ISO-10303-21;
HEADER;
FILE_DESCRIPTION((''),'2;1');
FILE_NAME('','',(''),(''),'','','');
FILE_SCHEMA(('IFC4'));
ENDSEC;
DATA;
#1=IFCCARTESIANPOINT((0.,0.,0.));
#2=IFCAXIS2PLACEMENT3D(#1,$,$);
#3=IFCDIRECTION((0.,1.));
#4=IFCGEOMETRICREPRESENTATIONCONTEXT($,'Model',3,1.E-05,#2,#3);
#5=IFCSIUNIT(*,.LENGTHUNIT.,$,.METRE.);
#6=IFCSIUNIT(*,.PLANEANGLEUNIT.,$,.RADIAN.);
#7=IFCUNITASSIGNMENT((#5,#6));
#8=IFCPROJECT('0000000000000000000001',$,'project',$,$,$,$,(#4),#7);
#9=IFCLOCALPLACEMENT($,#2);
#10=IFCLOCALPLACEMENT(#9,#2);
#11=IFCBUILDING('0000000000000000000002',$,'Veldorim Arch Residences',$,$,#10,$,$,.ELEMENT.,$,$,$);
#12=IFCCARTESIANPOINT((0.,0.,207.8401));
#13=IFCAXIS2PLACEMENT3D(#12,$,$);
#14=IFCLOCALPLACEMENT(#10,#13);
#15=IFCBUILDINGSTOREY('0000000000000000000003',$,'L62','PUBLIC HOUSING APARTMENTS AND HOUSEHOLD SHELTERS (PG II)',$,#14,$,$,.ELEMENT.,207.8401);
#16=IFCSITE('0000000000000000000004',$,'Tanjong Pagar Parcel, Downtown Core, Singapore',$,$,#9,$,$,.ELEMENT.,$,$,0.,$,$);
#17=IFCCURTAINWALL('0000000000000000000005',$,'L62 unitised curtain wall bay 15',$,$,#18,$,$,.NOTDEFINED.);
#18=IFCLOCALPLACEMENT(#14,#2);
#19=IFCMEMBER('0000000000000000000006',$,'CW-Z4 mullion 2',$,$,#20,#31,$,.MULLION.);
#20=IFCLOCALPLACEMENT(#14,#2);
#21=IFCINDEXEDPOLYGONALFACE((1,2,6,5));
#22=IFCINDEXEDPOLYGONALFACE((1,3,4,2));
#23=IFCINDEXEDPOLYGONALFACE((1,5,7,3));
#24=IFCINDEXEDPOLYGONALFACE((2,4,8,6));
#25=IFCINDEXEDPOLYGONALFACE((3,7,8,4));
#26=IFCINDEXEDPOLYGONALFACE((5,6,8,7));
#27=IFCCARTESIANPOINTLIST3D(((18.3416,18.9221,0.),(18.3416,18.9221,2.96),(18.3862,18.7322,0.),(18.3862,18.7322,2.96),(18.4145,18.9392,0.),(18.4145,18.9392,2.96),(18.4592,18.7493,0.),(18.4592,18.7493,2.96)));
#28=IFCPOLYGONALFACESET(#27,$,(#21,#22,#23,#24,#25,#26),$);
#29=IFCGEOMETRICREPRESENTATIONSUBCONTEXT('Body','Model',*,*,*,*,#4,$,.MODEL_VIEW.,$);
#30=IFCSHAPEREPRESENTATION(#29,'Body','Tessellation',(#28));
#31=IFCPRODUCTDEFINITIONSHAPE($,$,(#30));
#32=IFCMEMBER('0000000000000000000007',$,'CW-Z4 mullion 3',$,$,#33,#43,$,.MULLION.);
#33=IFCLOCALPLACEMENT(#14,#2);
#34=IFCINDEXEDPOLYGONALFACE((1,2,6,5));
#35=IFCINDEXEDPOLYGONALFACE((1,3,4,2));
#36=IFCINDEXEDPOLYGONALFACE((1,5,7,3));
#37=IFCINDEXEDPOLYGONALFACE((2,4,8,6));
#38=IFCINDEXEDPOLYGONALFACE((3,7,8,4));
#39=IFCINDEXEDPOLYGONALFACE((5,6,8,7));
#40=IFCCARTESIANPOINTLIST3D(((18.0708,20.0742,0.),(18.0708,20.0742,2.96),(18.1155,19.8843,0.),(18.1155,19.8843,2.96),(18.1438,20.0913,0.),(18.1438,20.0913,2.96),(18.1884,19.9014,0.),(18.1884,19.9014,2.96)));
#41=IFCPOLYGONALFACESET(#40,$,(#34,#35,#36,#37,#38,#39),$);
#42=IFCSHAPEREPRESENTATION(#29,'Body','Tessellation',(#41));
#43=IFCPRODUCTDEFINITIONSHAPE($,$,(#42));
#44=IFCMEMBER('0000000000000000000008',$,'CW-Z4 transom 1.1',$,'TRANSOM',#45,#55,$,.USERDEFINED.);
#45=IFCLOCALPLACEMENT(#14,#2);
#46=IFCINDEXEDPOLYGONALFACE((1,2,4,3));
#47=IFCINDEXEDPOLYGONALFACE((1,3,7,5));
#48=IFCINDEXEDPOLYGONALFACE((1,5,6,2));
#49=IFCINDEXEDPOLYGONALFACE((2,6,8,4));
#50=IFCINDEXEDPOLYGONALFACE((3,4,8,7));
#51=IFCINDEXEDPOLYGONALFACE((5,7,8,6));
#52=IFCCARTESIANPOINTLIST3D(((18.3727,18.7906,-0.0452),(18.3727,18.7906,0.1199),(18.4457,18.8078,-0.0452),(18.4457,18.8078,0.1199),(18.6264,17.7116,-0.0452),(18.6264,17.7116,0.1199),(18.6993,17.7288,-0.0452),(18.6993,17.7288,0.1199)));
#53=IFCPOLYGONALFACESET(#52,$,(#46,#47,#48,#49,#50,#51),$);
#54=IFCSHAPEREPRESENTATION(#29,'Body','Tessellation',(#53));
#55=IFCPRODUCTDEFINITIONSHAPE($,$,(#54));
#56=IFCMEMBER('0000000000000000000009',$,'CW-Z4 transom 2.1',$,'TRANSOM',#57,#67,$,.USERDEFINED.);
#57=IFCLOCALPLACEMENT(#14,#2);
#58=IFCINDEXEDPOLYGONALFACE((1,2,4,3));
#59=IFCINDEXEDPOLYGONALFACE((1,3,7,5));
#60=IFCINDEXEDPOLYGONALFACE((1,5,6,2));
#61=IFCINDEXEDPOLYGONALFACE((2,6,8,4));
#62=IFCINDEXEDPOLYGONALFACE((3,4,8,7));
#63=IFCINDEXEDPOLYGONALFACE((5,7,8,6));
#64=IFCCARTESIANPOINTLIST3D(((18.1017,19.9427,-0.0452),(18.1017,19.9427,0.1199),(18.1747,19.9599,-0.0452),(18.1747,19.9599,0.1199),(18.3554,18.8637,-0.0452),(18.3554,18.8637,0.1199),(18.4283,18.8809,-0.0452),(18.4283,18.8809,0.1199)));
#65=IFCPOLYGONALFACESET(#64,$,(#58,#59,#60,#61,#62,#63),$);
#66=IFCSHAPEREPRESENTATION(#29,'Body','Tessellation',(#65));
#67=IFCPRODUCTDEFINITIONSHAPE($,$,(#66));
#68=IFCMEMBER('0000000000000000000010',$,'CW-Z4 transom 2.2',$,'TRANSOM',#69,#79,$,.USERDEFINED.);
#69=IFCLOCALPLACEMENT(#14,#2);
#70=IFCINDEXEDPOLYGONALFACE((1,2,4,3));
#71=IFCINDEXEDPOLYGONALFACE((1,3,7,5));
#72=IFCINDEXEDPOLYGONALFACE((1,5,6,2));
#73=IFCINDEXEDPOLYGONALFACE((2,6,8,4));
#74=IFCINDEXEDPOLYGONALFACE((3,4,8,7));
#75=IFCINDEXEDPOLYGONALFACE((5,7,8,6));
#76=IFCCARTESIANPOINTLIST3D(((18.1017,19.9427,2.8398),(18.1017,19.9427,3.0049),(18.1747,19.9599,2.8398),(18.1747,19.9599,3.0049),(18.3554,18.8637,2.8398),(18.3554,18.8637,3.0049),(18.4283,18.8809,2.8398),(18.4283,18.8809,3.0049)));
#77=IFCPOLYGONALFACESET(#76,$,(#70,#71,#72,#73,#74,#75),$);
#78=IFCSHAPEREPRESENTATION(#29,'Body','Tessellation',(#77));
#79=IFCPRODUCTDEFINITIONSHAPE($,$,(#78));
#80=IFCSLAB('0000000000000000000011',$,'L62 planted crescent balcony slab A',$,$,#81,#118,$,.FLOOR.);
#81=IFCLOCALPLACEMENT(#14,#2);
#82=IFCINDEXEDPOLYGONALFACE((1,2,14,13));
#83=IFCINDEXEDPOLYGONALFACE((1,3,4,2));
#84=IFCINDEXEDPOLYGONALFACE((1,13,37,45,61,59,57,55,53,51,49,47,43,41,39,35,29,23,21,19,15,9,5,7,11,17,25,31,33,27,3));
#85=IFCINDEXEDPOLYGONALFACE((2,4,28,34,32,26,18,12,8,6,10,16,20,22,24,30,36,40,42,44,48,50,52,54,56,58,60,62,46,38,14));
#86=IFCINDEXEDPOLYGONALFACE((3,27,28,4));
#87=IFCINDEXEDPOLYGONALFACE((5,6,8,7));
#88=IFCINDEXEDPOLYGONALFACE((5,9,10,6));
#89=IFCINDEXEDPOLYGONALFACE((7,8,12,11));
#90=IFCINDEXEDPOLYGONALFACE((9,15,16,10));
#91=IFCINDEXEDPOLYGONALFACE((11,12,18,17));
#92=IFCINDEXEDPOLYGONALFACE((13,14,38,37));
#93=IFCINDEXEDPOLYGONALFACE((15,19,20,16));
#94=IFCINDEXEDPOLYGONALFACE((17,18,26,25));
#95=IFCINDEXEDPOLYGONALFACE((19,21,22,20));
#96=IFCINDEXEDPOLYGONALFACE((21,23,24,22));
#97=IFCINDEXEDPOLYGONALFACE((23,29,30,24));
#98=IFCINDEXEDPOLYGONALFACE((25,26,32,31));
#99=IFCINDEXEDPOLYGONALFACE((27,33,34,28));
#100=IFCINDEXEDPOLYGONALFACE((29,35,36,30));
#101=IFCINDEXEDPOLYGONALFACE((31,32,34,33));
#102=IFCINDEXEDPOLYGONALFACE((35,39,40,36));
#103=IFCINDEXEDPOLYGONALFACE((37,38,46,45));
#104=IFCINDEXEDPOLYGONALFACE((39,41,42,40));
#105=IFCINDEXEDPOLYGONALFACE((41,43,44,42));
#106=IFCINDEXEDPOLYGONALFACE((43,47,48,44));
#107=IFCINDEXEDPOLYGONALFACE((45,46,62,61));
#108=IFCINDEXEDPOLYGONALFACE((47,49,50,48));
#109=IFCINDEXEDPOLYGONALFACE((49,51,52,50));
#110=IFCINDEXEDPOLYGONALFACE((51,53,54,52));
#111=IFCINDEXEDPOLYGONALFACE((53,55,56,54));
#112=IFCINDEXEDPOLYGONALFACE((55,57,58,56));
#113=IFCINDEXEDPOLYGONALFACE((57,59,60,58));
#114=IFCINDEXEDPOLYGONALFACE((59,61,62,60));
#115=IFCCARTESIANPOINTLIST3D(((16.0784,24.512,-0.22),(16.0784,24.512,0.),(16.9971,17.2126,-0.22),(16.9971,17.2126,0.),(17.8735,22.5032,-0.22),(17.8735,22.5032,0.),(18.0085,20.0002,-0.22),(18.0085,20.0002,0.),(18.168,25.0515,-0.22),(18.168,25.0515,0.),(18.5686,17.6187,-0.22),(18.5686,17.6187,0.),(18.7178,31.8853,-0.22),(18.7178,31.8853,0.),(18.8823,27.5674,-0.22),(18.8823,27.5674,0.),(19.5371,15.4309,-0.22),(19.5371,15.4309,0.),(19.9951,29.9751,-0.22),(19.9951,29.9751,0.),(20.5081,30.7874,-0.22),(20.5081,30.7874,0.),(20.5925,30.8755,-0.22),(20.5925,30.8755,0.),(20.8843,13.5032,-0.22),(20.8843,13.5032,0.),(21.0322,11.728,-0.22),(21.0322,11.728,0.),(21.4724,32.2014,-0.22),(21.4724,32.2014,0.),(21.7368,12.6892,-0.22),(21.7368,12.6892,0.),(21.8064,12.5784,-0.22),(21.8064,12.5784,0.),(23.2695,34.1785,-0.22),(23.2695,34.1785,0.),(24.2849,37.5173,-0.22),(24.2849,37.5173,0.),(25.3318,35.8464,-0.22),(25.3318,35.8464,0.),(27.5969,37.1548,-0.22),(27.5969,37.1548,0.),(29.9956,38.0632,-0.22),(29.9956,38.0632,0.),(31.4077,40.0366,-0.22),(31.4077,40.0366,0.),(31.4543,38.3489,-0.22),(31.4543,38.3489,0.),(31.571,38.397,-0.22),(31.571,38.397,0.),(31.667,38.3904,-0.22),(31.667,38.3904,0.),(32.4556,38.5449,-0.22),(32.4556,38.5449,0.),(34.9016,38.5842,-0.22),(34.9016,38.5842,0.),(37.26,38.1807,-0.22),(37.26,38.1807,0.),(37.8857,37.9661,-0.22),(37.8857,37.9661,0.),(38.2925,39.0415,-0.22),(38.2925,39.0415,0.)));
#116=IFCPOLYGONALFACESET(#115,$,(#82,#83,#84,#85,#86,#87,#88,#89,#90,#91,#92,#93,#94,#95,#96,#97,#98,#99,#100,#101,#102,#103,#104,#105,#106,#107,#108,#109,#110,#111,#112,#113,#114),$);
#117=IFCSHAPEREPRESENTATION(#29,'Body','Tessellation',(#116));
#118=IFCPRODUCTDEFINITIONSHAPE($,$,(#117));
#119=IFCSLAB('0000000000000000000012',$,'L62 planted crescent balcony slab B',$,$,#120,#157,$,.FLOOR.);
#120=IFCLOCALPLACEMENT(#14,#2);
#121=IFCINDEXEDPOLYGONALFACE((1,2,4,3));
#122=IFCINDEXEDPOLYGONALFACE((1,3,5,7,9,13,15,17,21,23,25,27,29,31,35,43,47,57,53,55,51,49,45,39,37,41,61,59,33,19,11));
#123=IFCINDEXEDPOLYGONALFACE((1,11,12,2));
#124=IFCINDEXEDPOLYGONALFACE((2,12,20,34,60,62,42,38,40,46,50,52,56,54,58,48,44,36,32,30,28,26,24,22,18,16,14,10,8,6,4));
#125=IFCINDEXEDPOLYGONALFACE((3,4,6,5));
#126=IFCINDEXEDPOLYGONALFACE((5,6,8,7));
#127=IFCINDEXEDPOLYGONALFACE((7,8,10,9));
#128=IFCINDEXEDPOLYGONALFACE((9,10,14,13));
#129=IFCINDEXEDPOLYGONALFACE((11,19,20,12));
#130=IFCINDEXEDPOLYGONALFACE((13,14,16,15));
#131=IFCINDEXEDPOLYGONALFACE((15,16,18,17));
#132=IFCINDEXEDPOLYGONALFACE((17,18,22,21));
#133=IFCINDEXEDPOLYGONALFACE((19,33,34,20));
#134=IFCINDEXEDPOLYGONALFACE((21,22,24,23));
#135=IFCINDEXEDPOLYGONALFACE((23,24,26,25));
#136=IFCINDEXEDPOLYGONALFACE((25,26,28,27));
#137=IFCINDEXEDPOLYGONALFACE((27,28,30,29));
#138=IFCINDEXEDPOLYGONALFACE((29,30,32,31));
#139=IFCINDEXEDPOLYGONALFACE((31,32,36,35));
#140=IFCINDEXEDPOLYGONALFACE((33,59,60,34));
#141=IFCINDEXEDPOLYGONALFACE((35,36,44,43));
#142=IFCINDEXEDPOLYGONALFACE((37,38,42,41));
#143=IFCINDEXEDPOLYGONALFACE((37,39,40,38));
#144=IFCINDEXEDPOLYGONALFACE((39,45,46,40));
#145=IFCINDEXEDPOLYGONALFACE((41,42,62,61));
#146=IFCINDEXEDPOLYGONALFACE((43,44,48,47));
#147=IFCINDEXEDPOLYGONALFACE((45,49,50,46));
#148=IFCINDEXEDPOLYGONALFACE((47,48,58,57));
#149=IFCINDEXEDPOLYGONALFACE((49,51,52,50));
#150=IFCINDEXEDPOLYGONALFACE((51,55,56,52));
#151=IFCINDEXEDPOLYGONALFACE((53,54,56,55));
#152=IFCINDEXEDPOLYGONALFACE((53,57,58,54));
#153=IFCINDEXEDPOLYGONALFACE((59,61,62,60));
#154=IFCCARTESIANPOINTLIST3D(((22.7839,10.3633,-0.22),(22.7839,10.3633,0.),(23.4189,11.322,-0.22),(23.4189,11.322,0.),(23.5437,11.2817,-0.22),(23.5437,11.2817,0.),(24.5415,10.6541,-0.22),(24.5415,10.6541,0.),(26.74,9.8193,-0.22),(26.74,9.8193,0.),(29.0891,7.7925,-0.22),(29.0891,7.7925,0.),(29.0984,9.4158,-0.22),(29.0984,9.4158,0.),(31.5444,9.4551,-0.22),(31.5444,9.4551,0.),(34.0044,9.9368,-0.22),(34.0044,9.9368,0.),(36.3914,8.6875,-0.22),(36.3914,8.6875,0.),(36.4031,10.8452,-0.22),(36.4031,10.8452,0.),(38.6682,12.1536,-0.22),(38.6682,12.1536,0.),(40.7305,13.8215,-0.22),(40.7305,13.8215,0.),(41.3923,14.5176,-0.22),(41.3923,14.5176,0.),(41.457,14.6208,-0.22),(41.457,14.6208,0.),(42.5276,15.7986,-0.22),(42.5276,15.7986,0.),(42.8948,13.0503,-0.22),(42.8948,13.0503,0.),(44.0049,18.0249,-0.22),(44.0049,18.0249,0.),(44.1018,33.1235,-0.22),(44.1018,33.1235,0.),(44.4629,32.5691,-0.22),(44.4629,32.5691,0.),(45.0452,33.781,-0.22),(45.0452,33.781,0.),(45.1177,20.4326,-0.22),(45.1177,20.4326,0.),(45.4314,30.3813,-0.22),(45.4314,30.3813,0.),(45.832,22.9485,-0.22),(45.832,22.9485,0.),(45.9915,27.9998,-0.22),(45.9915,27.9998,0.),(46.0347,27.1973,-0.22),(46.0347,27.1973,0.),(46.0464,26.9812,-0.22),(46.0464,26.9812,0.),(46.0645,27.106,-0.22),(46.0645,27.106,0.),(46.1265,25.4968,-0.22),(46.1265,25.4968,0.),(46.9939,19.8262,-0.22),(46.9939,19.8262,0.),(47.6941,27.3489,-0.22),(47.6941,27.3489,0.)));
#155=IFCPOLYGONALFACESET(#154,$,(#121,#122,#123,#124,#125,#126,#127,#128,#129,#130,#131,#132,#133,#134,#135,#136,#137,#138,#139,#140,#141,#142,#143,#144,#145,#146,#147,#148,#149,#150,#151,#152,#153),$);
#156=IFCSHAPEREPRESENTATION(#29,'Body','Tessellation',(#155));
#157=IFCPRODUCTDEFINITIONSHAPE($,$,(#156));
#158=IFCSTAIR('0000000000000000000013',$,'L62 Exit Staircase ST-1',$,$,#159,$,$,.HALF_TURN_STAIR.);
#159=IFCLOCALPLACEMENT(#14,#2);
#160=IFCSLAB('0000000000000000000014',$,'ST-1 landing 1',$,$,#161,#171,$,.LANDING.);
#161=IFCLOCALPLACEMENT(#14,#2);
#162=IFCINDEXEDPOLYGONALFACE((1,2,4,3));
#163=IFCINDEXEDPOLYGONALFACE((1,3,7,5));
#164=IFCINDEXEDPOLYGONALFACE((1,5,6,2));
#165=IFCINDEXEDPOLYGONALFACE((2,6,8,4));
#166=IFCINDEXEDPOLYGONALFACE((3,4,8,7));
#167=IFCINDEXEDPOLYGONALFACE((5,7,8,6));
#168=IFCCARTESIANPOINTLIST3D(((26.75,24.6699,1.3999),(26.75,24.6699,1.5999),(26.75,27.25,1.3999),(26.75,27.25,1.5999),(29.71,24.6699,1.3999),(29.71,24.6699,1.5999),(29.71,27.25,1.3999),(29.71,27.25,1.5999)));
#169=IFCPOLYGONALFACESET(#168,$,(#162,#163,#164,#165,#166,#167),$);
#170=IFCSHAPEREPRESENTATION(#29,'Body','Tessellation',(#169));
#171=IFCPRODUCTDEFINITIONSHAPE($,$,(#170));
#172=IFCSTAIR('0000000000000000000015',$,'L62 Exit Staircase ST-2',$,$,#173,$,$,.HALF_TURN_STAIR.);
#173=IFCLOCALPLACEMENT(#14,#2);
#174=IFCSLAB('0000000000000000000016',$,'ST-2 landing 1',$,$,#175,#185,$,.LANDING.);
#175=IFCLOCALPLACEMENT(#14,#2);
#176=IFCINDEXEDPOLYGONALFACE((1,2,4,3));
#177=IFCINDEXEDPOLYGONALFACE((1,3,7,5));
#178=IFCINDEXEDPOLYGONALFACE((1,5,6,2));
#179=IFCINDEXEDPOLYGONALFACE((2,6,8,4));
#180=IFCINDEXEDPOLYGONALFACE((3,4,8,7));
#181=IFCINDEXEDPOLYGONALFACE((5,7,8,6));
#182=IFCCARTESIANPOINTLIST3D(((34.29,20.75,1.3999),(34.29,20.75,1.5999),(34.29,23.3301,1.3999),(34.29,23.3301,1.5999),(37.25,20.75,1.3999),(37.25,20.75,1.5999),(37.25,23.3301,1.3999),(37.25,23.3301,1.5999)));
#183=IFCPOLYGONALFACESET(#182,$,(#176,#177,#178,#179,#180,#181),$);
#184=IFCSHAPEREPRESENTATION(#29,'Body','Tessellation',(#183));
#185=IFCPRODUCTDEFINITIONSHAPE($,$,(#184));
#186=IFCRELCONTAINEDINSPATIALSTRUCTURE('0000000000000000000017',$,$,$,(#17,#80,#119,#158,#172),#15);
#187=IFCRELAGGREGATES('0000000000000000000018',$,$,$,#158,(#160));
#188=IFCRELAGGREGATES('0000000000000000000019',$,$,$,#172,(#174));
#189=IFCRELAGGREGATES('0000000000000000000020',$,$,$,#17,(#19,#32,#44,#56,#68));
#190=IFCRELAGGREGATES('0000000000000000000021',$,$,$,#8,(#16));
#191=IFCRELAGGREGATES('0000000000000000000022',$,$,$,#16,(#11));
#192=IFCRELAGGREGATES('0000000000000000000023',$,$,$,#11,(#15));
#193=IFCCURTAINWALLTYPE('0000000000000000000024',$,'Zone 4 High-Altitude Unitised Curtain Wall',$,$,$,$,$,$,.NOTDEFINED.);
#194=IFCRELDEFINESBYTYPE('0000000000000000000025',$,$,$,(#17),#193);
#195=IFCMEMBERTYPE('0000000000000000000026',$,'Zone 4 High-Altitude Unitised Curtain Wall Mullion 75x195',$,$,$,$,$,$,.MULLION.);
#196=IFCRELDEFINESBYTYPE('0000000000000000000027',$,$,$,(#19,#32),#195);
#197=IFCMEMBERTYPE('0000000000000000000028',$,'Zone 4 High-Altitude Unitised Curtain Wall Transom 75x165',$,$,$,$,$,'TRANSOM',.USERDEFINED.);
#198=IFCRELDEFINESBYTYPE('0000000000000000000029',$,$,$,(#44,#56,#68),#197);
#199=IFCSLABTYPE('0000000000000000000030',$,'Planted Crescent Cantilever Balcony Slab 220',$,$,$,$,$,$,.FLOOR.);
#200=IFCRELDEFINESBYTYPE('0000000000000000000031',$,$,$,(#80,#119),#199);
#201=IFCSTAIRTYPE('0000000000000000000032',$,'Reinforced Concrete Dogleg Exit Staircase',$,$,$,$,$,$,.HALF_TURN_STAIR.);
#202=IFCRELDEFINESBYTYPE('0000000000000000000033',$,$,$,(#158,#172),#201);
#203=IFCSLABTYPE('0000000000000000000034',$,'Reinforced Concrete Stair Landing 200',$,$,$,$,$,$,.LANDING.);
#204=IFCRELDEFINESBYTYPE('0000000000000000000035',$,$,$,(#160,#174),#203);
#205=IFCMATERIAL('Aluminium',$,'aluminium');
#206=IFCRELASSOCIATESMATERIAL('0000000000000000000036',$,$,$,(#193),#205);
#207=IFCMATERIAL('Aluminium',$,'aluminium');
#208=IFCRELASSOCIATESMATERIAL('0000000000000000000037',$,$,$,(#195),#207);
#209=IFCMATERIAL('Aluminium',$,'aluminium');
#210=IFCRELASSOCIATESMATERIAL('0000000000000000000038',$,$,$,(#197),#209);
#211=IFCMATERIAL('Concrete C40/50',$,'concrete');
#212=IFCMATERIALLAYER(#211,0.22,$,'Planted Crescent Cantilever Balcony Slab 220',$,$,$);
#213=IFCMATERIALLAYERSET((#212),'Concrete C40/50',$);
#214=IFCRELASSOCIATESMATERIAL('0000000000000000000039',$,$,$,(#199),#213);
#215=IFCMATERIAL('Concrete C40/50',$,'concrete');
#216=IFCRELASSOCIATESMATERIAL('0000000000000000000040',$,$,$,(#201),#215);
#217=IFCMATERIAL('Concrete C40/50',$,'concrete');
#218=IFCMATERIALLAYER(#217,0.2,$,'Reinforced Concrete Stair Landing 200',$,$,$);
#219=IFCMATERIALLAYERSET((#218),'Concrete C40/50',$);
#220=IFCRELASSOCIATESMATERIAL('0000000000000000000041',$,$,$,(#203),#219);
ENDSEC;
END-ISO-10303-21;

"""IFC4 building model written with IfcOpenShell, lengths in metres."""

from ifc_helpers import new_model, si_unit, direction, frame, origin, origin_2d, place, context, subcontext, project, spatial, polyline, rectangle, outline, extrude, material, layer, layer_set, material_profile, profile_set, type_object, element, aggregate, save


model = new_model("IFC4")

# Units and contexts
model_context = context("Model", 3, precision=1e-05, world=origin(), true_north=direction((0.0, 1.0)))
body_context = subcontext(model_context, "Body", "Model", "MODEL_VIEW")
ifc_project = project(units=[si_unit("LENGTHUNIT", "METRE"), si_unit("PLANEANGLEUNIT", "RADIAN")], contexts=[model_context])

# Site, building, storey
site_placement = place(None, origin())
site = spatial("IfcSite", under=ifc_project, at=site_placement, Name="Tanjong Pagar Parcel, Downtown Core, Singapore", CompositionType="ELEMENT", RefElevation=0.0)
building_placement = place(site_placement, origin())
building = spatial("IfcBuilding", under=site, at=building_placement, Name="Veldorim Arch Residences", CompositionType="ELEMENT")
storey_placement = place(building_placement, frame((0.0, 0.0, 207.8401)))
storey = spatial("IfcBuildingStorey", under=building, at=storey_placement, Name="L62", Description="PUBLIC HOUSING APARTMENTS AND HOUSEHOLD SHELTERS (PG II)", CompositionType="ELEMENT", Elevation=207.8401)

# Curtain wall, members
ifc_material_1 = material(Name="Aluminium", Category="aluminium")
curtain_wall_type = type_object("IfcCurtainWallType", Name="Zone 4 High-Altitude Unitised Curtain Wall", PredefinedType="NOTDEFINED", material=ifc_material_1)
curtain_wall_placement = place(storey_placement, origin())
curtain_wall = element("IfcCurtainWall", 1, at=curtain_wall_placement, inside=storey, type_object=curtain_wall_type, Name="L62 unitised curtain wall bay 15", PredefinedType="NOTDEFINED")
ifc_material_2 = material(Name="Aluminium", Category="aluminium")
ifc_material_profile_1 = material_profile(ifc_material_2, rectangle(XDim=0.075, YDim=0.1951, at=origin_2d()), Name="ALU_MUL_75x195")
ifc_profile_set_1 = profile_set([ifc_material_profile_1], Name="Aluminium")
member_type_1 = type_object("IfcMemberType", Name="Zone 4 High-Altitude Unitised Curtain Wall Mullion 75x195", PredefinedType="MULLION", material=ifc_profile_set_1)
member_1_placement = place(storey_placement, frame((18.4004, 18.8357, 0.0), z_axis=(0.0, 0.0, 1.0), x_axis=(-0.973448, -0.228907, 0.0)))
member_1 = element("IfcMember", 2, at=member_1_placement, type_object=member_type_1, Name="CW-Z4 mullion 2", PredefinedType="MULLION", context=body_context, shape_type="SweptSolid", body=[
    extrude(rectangle(XDim=0.075, YDim=0.1951, at=origin_2d()), origin(), (0.0, 0.0, 1.0), 2.96),
])
member_2_placement = place(storey_placement, frame((18.1296, 19.9878, 0.0), z_axis=(0.0, 0.0, 1.0), x_axis=(-0.973448, -0.228907, 0.0)))
member_2 = element("IfcMember", 3, at=member_2_placement, type_object=member_type_1, Name="CW-Z4 mullion 3", PredefinedType="MULLION", context=body_context, shape_type="SweptSolid", body=[
    extrude(rectangle(XDim=0.075, YDim=0.1951, at=origin_2d()), origin(), (0.0, 0.0, 1.0), 2.96),
])
ifc_material_3 = material(Name="Aluminium", Category="aluminium")
ifc_material_profile_2 = material_profile(ifc_material_3, rectangle(XDim=0.075, YDim=0.165, at=origin_2d()), Name="ALU_TRN_75x165")
ifc_profile_set_2 = profile_set([ifc_material_profile_2], Name="Aluminium")
member_type_2 = type_object("IfcMemberType", Name="Zone 4 High-Altitude Unitised Curtain Wall Transom 75x165", ElementType="TRANSOM", PredefinedType="USERDEFINED", material=ifc_profile_set_2)
member_3_placement = place(storey_placement, frame((18.6628, 17.7202, 0.0374), z_axis=(-0.228831, 0.973466, 0.0), x_axis=(-0.973466, -0.228831, 0.0)))
member_3 = element("IfcMember", 4, at=member_3_placement, type_object=member_type_2, Name="CW-Z4 transom 1.1", ObjectType="TRANSOM", PredefinedType="USERDEFINED", context=body_context, shape_type="SweptSolid", body=[
    extrude(rectangle(XDim=0.075, YDim=0.165, at=origin_2d()), origin(), (0.0, 0.0, 1.0), 1.1084),
])
member_4_placement = place(storey_placement, frame((18.3918, 18.8723, 0.0374), z_axis=(-0.228831, 0.973466, 0.0), x_axis=(-0.973466, -0.228831, 0.0)))
member_4 = element("IfcMember", 5, at=member_4_placement, type_object=member_type_2, Name="CW-Z4 transom 2.1", ObjectType="TRANSOM", PredefinedType="USERDEFINED", context=body_context, shape_type="SweptSolid", body=[
    extrude(rectangle(XDim=0.075, YDim=0.165, at=origin_2d()), origin(), (0.0, 0.0, 1.0), 1.1084),
])
member_5_placement = place(storey_placement, frame((18.3918, 18.8723, 2.9224), z_axis=(-0.228831, 0.973466, 0.0), x_axis=(-0.973466, -0.228831, 0.0)))
member_5 = element("IfcMember", 6, at=member_5_placement, type_object=member_type_2, Name="CW-Z4 transom 2.2", ObjectType="TRANSOM", PredefinedType="USERDEFINED", context=body_context, shape_type="SweptSolid", body=[
    extrude(rectangle(XDim=0.075, YDim=0.165, at=origin_2d()), origin(), (0.0, 0.0, 1.0), 1.1084),
])

# Slabs
ifc_material_4 = material(Name="Concrete C40/50", Category="concrete")
ifc_layer_1 = layer(ifc_material_4, 0.22, Name="Planted Crescent Cantilever Balcony Slab 220")
ifc_layer_set_1 = layer_set([ifc_layer_1], Name="Concrete C40/50")
slab_type_1 = type_object("IfcSlabType", Name="Planted Crescent Cantilever Balcony Slab 220", PredefinedType="FLOOR", material=ifc_layer_set_1)
slab_1_placement = place(storey_placement, frame((0.0, 0.0, -0.22)))
element("IfcSlab", 7, at=slab_1_placement, inside=storey, type_object=slab_type_1, Name="L62 planted crescent balcony slab A", PredefinedType="FLOOR", context=body_context, shape_type="SweptSolid", body=[
    extrude(outline(polyline([(37.8857, 37.9661), (37.26, 38.1807), (34.9016, 38.5842), (32.4556, 38.5449), (31.667, 38.3904), (31.571, 38.397), (31.4543, 38.3489), (29.9956, 38.0632), (27.5969, 37.1548), (25.3318, 35.8464), (23.2695, 34.1785), (21.4724, 32.2014), (20.5925, 30.8755), (20.5081, 30.7874), (19.9951, 29.9751), (18.8823, 27.5674), (18.168, 25.0515), (17.8735, 22.5032), (18.0085, 20.0002), (18.5686, 17.6187), (19.5371, 15.4309), (20.8843, 13.5032), (21.7368, 12.6892), (21.8064, 12.5784), (21.0322, 11.728), (16.9971, 17.2126), (16.0784, 24.512), (18.7178, 31.8853), (24.2849, 37.5173), (31.4077, 40.0366), (38.2925, 39.0415), (37.8857, 37.9661)])), origin(), (0.0, 0.0, 1.0), 0.22),
])
slab_2_placement = place(storey_placement, frame((0.0, 0.0, -0.22)))
element("IfcSlab", 8, at=slab_2_placement, inside=storey, type_object=slab_type_1, Name="L62 planted crescent balcony slab B", PredefinedType="FLOOR", context=body_context, shape_type="SweptSolid", body=[
    extrude(outline(polyline([(23.5437, 11.2817), (24.5415, 10.6541), (26.74, 9.8193), (29.0984, 9.4158), (31.5444, 9.4551), (34.0044, 9.9368), (36.4031, 10.8452), (38.6682, 12.1536), (40.7305, 13.8215), (41.3923, 14.5176), (41.457, 14.6208), (42.5276, 15.7986), (44.0049, 18.0249), (45.1177, 20.4326), (45.832, 22.9485), (46.1265, 25.4968), (46.0464, 26.9812), (46.0645, 27.106), (46.0347, 27.1973), (45.9915, 27.9998), (45.4314, 30.3813), (44.4629, 32.5691), (44.1018, 33.1235), (45.0452, 33.781), (47.6941, 27.3489), (46.9939, 19.8262), (42.8948, 13.0503), (36.3914, 8.6875), (29.0891, 7.7925), (22.7839, 10.3633), (23.4189, 11.322), (23.5437, 11.2817)])), origin(), (0.0, 0.0, 1.0), 0.22),
])

# Stairs, slabs
ifc_material_5 = material(Name="Concrete C40/50", Category="concrete")
stair_type = type_object("IfcStairType", Name="Reinforced Concrete Dogleg Exit Staircase", PredefinedType="HALF_TURN_STAIR", material=ifc_material_5)
stair_1_placement = place(storey_placement, origin())
stair_1 = element("IfcStair", 9, at=stair_1_placement, inside=storey, type_object=stair_type, Name="L62 Exit Staircase ST-1", PredefinedType="HALF_TURN_STAIR")
ifc_material_6 = material(Name="Concrete C40/50", Category="concrete")
ifc_layer_2 = layer(ifc_material_6, 0.2, Name="Reinforced Concrete Stair Landing 200")
ifc_layer_set_2 = layer_set([ifc_layer_2], Name="Concrete C40/50")
slab_type_2 = type_object("IfcSlabType", Name="Reinforced Concrete Stair Landing 200", PredefinedType="LANDING", material=ifc_layer_set_2)
slab_3_placement = place(storey_placement, frame((0.0, 0.0, 1.3999)))
slab_3 = element("IfcSlab", 10, at=slab_3_placement, type_object=slab_type_2, Name="ST-1 landing 1", PredefinedType="LANDING", context=body_context, shape_type="SweptSolid", body=[
    extrude(outline(polyline([(29.71, 24.6699), (29.71, 27.25), (26.75, 27.25), (26.75, 24.6699), (29.71, 24.6699)])), origin(), (0.0, 0.0, 1.0), 0.2),
])
aggregate(stair_1, [slab_3])
stair_2_placement = place(storey_placement, origin())
stair_2 = element("IfcStair", 11, at=stair_2_placement, inside=storey, type_object=stair_type, Name="L62 Exit Staircase ST-2", PredefinedType="HALF_TURN_STAIR")
slab_4_placement = place(storey_placement, frame((0.0, 0.0, 1.3999)))
slab_4 = element("IfcSlab", 12, at=slab_4_placement, type_object=slab_type_2, Name="ST-2 landing 1", PredefinedType="LANDING", context=body_context, shape_type="SweptSolid", body=[
    extrude(outline(polyline([(34.29, 23.3301), (34.29, 20.75), (37.25, 20.75), (37.25, 23.3301), (34.29, 23.3301)])), origin(), (0.0, 0.0, 1.0), 0.2),
])
aggregate(stair_2, [slab_4])

aggregate(curtain_wall, [member_1, member_2, member_3, member_4, member_5])

save(model, "model.ifc")
